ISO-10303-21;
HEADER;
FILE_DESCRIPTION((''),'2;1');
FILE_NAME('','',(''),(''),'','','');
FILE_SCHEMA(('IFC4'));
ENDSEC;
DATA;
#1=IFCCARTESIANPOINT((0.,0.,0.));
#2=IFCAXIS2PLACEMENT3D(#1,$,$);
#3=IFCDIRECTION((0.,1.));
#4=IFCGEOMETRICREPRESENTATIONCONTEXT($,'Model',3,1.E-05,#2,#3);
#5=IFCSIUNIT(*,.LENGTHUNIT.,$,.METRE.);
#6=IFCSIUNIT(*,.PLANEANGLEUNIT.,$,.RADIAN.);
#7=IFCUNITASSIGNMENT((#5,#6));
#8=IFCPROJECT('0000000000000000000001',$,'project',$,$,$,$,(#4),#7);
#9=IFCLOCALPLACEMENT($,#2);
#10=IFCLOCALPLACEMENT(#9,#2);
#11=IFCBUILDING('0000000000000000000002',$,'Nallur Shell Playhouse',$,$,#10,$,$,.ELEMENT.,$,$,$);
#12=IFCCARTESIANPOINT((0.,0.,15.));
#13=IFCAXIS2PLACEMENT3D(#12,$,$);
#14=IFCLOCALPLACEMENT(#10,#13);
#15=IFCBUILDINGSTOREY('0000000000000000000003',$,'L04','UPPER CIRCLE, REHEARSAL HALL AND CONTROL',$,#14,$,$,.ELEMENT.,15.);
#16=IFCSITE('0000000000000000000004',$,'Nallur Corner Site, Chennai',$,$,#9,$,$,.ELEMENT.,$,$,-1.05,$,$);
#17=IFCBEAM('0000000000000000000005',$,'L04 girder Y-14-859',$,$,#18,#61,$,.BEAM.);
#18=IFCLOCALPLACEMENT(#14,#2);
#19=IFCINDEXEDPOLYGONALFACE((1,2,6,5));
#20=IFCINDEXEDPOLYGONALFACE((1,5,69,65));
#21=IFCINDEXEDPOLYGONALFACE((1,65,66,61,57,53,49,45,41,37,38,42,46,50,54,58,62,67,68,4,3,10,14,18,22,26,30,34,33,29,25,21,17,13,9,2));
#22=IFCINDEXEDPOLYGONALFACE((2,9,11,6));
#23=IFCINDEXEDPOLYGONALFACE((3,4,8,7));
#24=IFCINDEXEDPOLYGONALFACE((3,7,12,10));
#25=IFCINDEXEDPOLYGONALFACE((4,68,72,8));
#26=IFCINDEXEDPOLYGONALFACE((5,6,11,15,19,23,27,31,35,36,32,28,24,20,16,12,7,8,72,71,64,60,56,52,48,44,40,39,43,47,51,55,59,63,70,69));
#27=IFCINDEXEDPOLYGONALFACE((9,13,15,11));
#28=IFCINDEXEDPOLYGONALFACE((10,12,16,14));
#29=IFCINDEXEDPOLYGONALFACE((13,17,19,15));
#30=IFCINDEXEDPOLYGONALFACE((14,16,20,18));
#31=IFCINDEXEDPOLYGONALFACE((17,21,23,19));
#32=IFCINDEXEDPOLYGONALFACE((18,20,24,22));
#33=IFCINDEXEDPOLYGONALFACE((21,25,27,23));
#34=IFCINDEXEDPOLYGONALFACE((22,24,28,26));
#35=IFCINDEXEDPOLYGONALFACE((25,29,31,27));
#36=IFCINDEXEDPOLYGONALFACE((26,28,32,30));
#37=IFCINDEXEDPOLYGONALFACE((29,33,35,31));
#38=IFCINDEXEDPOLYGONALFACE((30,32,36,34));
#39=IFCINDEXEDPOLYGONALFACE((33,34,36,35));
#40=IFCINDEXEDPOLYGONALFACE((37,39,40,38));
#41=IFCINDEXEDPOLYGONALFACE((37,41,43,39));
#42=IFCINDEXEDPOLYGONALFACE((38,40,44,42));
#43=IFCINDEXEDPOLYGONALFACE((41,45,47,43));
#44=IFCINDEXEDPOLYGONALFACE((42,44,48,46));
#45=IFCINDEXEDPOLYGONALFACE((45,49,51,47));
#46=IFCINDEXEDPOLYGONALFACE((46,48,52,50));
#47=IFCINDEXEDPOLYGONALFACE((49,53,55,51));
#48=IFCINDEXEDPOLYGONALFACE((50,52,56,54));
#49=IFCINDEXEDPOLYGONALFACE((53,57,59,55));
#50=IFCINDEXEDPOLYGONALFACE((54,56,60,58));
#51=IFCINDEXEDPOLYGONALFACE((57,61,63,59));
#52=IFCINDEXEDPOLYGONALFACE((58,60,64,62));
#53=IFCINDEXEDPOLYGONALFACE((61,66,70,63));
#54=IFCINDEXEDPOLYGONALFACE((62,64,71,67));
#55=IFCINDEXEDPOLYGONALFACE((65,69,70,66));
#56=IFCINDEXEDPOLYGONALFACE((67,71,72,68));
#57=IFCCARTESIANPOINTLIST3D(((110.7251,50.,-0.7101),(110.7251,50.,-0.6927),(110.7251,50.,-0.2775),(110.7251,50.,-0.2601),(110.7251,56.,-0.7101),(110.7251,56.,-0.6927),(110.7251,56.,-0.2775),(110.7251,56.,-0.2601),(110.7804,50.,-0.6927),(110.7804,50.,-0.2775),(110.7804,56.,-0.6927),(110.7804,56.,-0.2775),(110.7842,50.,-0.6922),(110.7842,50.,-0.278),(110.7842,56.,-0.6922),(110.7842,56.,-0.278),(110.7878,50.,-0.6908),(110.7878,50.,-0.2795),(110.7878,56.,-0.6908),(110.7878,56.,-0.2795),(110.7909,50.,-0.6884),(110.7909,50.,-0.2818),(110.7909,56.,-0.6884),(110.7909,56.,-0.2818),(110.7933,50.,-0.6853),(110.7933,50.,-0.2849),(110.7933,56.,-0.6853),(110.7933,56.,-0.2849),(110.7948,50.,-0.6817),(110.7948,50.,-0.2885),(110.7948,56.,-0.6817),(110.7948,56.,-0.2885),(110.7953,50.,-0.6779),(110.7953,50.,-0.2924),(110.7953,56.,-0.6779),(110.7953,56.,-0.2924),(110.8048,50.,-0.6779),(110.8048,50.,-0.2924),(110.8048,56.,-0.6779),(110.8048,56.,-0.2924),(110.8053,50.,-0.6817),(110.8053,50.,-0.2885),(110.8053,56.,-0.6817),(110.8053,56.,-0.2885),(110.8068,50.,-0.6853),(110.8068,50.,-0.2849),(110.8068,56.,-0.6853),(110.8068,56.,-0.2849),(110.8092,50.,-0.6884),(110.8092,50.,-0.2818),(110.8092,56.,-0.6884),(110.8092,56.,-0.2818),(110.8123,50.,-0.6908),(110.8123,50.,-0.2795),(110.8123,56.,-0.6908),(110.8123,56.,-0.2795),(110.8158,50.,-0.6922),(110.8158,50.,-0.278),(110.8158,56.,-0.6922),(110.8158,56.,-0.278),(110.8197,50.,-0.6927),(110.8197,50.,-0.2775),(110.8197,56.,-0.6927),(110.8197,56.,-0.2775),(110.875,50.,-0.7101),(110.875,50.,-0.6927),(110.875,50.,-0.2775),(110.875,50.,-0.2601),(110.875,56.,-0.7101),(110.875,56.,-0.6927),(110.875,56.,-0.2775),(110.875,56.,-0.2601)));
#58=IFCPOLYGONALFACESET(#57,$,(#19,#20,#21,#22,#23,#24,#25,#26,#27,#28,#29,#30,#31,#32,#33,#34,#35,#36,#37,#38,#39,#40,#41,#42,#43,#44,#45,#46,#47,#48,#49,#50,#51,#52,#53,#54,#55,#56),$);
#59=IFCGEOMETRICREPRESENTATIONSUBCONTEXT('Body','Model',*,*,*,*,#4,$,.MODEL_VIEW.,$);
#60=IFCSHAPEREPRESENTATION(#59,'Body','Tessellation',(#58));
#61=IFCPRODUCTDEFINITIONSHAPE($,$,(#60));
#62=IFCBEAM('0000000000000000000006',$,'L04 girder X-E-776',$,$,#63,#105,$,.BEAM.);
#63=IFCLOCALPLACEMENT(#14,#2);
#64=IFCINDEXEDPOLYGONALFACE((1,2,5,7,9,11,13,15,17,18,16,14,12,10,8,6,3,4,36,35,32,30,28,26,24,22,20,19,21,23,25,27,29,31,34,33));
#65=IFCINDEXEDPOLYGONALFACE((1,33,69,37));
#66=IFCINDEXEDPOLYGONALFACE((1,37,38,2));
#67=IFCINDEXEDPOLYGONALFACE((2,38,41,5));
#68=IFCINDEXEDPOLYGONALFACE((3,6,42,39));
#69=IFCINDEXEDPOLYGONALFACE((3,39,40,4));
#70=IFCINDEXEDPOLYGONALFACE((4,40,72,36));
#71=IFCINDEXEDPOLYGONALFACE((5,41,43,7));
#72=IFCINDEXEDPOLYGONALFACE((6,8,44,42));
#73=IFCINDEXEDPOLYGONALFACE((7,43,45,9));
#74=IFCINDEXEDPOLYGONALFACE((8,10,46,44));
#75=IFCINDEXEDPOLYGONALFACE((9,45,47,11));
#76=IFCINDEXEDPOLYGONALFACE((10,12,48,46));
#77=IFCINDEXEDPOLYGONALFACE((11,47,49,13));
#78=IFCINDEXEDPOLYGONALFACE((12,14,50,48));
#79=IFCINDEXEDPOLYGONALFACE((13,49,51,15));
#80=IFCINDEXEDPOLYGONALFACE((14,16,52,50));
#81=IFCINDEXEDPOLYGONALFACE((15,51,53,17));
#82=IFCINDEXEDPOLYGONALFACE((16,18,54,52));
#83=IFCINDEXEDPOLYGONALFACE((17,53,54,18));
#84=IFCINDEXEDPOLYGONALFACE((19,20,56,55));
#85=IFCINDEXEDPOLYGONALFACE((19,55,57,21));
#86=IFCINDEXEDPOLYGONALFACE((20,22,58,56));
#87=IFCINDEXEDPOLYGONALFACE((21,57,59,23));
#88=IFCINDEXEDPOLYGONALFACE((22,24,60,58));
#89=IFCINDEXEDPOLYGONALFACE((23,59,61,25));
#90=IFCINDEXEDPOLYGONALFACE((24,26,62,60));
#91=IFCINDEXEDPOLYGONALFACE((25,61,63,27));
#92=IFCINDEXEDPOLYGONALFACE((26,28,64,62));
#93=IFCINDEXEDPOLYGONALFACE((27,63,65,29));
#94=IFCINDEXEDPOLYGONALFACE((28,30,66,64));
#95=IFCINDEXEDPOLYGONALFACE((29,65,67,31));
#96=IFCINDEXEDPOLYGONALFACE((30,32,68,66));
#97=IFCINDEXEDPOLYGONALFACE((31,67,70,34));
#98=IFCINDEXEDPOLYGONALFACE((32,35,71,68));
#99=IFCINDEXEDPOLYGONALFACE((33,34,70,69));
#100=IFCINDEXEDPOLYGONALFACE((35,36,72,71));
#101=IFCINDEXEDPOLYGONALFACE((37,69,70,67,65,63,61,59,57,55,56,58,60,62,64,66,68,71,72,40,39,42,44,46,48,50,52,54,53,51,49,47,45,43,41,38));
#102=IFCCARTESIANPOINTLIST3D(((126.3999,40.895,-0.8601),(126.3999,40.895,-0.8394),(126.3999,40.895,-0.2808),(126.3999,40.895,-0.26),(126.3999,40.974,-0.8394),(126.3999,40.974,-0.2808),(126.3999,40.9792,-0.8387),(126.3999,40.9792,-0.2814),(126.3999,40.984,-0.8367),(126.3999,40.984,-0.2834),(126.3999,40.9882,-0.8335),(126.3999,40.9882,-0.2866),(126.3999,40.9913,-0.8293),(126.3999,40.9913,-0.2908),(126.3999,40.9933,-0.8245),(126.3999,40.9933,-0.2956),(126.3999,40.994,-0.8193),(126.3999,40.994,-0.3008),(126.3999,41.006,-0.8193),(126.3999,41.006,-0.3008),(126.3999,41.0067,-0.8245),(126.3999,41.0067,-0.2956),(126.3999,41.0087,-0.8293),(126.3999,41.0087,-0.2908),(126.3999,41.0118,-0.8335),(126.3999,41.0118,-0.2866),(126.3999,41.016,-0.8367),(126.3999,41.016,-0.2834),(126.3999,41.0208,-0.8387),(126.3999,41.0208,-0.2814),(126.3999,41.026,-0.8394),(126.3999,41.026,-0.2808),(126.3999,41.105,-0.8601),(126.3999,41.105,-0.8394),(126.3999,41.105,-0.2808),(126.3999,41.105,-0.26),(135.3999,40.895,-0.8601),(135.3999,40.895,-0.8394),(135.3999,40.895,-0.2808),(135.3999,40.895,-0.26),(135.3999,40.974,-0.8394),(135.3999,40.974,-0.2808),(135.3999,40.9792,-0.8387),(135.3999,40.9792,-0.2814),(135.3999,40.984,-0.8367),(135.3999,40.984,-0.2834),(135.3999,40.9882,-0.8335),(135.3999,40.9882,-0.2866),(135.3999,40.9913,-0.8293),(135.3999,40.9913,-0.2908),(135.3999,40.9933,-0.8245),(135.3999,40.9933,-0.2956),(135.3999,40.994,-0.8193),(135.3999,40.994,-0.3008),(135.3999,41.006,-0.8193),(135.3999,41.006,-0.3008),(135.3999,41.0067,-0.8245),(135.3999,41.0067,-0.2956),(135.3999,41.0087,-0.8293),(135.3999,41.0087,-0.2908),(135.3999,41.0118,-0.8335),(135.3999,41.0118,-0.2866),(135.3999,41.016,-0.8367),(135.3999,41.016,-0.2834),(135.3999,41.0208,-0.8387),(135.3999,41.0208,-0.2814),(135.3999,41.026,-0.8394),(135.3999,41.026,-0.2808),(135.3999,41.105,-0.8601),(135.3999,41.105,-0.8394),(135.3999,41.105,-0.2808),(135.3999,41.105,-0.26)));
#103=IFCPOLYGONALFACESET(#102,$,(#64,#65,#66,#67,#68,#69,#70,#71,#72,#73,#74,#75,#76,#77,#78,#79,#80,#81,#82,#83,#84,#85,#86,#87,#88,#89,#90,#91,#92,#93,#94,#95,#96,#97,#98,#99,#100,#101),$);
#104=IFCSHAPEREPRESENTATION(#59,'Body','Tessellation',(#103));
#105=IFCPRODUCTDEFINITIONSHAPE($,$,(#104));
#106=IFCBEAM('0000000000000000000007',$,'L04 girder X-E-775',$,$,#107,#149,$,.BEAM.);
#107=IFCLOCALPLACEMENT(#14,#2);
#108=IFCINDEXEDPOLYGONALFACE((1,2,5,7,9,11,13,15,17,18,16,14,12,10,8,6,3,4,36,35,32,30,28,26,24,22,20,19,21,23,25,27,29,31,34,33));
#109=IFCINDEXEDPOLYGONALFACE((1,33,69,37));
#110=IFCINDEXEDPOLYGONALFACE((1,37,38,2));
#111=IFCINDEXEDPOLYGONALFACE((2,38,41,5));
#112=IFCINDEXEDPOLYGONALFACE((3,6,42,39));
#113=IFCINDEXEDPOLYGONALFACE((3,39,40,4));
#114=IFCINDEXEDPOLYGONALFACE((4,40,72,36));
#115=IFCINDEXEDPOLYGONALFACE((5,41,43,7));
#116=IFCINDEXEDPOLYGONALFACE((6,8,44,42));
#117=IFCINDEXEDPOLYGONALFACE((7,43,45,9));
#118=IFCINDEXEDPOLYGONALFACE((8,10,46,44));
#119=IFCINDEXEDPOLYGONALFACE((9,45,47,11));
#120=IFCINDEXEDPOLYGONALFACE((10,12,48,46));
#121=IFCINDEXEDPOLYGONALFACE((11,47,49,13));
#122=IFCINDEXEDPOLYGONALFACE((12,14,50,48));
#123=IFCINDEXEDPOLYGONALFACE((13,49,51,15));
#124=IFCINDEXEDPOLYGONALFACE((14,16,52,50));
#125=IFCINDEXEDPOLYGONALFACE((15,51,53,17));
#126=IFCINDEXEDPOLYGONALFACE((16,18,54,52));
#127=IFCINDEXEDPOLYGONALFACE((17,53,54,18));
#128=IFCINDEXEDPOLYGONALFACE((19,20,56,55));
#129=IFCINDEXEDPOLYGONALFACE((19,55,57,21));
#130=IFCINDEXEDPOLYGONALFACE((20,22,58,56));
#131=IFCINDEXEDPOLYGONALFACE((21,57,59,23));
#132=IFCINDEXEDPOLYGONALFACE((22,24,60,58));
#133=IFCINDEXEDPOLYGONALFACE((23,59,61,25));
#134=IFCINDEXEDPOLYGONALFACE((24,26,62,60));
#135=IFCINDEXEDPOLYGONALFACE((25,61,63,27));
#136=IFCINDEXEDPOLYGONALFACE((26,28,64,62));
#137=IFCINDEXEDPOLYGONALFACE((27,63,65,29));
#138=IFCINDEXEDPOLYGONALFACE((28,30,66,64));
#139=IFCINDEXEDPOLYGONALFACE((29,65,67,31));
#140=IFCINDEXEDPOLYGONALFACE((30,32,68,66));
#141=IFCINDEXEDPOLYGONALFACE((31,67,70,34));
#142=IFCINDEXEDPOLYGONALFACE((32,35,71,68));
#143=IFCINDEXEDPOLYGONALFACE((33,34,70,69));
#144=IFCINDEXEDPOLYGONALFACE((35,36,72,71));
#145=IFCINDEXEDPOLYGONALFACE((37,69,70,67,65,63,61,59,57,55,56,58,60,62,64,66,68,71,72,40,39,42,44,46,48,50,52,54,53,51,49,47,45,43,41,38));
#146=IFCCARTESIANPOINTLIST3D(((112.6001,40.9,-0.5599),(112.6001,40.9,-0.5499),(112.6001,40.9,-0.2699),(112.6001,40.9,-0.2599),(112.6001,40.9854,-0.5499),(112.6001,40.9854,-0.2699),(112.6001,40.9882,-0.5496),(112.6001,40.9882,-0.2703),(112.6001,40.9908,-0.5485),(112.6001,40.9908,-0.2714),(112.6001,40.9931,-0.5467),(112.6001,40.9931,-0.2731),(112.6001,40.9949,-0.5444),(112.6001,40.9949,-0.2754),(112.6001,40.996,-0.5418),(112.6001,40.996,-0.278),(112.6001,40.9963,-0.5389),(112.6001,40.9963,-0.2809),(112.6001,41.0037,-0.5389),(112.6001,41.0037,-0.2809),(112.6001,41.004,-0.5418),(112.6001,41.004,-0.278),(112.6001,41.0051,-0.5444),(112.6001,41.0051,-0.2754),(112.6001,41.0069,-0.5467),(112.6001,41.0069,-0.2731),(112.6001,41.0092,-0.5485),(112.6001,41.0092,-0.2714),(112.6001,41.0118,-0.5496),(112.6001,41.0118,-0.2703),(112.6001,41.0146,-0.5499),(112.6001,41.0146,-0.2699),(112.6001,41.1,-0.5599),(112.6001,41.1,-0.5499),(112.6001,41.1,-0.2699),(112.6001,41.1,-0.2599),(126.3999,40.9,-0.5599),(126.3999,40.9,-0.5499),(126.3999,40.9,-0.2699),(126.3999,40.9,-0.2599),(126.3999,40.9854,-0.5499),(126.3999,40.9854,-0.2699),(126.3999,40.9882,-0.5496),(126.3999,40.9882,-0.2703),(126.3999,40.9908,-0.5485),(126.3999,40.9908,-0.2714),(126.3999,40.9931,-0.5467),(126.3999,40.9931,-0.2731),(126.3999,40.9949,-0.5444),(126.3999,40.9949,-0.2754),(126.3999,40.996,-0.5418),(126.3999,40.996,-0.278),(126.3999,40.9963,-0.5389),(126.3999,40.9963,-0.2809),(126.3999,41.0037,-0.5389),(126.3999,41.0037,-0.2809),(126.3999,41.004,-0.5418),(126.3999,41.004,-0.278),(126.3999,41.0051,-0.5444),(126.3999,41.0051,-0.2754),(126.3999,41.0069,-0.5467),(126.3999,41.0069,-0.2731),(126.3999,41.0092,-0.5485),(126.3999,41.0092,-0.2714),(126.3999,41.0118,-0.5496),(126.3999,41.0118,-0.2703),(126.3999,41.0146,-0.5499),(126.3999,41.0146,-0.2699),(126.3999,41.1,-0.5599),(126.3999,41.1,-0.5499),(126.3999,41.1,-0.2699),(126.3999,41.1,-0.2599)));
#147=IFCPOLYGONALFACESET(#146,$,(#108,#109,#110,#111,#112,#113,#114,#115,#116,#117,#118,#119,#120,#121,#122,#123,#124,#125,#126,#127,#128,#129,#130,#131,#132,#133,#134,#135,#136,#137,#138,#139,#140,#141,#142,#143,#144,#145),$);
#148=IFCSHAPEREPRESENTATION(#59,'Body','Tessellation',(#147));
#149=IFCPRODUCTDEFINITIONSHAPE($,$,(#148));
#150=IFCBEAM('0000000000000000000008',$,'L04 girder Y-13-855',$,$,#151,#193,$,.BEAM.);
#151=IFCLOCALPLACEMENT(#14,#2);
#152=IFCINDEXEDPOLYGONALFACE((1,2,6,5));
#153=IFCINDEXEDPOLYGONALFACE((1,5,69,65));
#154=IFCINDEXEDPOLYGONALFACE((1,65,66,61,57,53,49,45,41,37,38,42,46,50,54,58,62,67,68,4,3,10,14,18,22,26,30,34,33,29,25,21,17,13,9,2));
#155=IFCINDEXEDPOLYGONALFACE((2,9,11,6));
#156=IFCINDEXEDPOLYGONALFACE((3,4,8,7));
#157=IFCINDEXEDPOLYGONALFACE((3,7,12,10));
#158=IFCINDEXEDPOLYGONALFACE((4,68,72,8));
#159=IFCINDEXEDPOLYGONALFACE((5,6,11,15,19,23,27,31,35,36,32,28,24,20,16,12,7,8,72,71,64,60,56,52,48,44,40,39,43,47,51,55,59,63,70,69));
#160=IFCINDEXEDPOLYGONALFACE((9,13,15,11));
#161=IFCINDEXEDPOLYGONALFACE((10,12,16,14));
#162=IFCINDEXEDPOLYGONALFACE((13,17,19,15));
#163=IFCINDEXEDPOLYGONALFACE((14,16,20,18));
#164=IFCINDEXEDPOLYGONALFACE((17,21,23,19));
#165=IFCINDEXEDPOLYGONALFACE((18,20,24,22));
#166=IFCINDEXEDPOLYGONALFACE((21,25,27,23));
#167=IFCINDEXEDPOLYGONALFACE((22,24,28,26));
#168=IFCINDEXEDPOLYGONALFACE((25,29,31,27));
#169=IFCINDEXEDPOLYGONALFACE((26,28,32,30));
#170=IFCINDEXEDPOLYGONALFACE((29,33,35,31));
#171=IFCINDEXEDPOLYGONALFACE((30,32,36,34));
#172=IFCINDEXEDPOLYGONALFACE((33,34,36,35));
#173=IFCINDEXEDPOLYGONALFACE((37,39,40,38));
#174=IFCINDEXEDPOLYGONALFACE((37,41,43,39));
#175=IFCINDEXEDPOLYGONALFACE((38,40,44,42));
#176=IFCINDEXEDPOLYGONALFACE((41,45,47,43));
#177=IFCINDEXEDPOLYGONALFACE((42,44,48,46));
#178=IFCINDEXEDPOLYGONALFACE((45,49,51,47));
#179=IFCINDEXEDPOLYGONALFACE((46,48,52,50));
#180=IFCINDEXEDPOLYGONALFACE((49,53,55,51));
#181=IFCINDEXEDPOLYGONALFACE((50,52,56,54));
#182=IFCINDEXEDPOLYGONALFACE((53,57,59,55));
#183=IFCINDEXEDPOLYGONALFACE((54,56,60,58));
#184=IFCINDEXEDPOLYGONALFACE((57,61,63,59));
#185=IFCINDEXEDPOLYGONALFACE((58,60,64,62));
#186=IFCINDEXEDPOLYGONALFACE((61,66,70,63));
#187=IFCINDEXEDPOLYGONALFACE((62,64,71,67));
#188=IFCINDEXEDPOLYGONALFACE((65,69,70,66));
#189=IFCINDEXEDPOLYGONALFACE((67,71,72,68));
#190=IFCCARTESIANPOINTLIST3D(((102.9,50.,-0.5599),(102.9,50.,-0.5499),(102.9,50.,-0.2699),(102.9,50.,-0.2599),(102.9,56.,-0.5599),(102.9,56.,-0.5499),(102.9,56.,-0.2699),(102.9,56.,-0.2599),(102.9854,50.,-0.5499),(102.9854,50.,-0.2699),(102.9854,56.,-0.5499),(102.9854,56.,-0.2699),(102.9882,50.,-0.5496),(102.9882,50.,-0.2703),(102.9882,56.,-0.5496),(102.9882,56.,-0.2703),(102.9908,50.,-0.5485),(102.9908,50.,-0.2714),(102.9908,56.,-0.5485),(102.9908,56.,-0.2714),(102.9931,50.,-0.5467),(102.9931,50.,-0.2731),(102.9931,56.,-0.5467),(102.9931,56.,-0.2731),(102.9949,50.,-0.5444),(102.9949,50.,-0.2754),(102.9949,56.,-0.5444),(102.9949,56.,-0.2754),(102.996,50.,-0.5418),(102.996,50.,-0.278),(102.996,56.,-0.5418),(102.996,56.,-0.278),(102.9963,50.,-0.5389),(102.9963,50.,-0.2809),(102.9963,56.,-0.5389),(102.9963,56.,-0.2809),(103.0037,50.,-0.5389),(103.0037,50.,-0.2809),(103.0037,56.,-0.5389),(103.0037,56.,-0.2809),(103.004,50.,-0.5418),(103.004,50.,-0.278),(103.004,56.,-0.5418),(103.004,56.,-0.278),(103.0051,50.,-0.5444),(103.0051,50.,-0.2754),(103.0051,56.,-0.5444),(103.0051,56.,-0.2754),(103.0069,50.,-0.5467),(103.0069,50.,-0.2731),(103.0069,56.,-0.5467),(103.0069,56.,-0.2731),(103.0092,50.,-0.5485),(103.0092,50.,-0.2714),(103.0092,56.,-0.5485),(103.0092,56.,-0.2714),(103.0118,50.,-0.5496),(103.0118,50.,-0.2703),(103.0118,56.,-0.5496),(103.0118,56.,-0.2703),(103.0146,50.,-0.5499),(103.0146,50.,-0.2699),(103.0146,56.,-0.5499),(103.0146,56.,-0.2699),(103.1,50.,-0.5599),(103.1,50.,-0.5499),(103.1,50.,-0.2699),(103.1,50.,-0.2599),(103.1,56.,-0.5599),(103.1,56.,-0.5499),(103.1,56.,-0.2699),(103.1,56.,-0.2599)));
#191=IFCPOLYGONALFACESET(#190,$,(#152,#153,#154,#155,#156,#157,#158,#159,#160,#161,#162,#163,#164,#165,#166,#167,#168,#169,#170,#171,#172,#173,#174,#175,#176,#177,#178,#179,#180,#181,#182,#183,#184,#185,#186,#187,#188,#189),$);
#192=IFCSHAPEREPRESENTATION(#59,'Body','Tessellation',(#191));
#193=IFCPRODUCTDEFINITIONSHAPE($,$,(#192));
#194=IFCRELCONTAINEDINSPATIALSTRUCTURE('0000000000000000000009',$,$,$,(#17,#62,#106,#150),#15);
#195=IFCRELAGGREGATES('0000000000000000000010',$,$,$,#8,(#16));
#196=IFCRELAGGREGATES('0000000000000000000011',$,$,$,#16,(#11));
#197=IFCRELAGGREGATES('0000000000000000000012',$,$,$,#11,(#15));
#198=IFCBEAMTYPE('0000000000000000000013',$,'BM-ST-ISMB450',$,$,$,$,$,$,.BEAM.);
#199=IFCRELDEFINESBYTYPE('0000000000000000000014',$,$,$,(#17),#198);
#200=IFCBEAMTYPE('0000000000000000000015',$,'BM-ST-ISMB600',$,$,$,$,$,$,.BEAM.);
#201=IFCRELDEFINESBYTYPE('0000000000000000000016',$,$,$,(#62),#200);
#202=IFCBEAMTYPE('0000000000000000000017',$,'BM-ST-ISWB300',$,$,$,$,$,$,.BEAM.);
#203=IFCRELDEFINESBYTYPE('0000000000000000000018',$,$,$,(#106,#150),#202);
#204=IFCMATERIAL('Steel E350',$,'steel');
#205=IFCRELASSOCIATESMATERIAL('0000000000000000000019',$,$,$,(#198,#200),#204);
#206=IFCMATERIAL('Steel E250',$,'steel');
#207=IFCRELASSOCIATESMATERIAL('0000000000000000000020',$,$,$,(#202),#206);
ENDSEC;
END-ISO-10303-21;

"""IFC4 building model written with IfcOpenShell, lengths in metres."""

from ifc_helpers import new_model, si_unit, direction, frame, origin, origin_2d, place, context, subcontext, project, spatial, i_section, extrude, material, material_profile, profile_set, type_object, element, save


model = new_model("IFC4")

# Units and contexts
model_context = context("Model", 3, precision=1e-05, world=origin(), true_north=direction((0.0, 1.0)))
body_context = subcontext(model_context, "Body", "Model", "MODEL_VIEW")
ifc_project = project(units=[si_unit("LENGTHUNIT", "METRE"), si_unit("PLANEANGLEUNIT", "RADIAN")], contexts=[model_context])

# Site, building, storey
site_placement = place(None, origin())
site = spatial("IfcSite", under=ifc_project, at=site_placement, Name="Nallur Corner Site, Chennai", CompositionType="ELEMENT", RefElevation=-1.05)
building_placement = place(site_placement, origin())
building = spatial("IfcBuilding", under=site, at=building_placement, Name="Nallur Shell Playhouse", CompositionType="ELEMENT")
storey_placement = place(building_placement, frame((0.0, 0.0, 15.0)))
storey = spatial("IfcBuildingStorey", under=building, at=storey_placement, Name="L04", Description="UPPER CIRCLE, REHEARSAL HALL AND CONTROL", CompositionType="ELEMENT", Elevation=15.0)

# Shared definitions
ifc_material_1 = material(Name="Steel E350", Category="steel")

# Beams
ifc_material_profile_1 = material_profile(ifc_material_1, i_section(OverallWidth=0.1499, OverallDepth=0.45, WebThickness=0.0095, FlangeThickness=0.0173, FilletRadius=0.0149, at=origin_2d()), Name="ISMB 450")
ifc_profile_set_1 = profile_set([ifc_material_profile_1], Name="Steel E350")
beam_type_1 = type_object("IfcBeamType", Name="BM-ST-ISMB450", PredefinedType="BEAM", material=ifc_profile_set_1)
beam_1_placement = place(storey_placement, frame((110.8, 50.0, -0.4851), z_axis=(0.0, 1.0, 0.0), x_axis=(-1.0, 0.0, 0.0)))
element("IfcBeam", 1, at=beam_1_placement, inside=storey, type_object=beam_type_1, Name="L04 girder Y-14-859", PredefinedType="BEAM", context=body_context, shape_type="SweptSolid", body=[
    extrude(i_section(OverallWidth=0.1499, OverallDepth=0.45, WebThickness=0.0095, FlangeThickness=0.0173, FilletRadius=0.0149, at=origin_2d()), origin(), (0.0, 0.0, 1.0), 6.0),
])
ifc_material_profile_2 = material_profile(ifc_material_1, i_section(OverallWidth=0.21, OverallDepth=0.6001, WebThickness=0.012, FlangeThickness=0.0208, FilletRadius=0.02, at=origin_2d()), Name="ISMB 600")
ifc_profile_set_2 = profile_set([ifc_material_profile_2], Name="Steel E350")
beam_type_2 = type_object("IfcBeamType", Name="BM-ST-ISMB600", PredefinedType="BEAM", material=ifc_profile_set_2)
beam_2_placement = place(storey_placement, frame((126.3999, 41.0, -0.5601), z_axis=(1.0, 0.0, 0.0), x_axis=(0.0, 1.0, 0.0)))
element("IfcBeam", 2, at=beam_2_placement, inside=storey, type_object=beam_type_2, Name="L04 girder X-E-776", PredefinedType="BEAM", context=body_context, shape_type="SweptSolid", body=[
    extrude(i_section(OverallWidth=0.21, OverallDepth=0.6001, WebThickness=0.012, FlangeThickness=0.0208, FilletRadius=0.02, at=origin_2d()), origin(), (0.0, 0.0, 1.0), 9.0),
])
ifc_material_2 = material(Name="Steel E250", Category="steel")
ifc_material_profile_3 = material_profile(ifc_material_2, i_section(OverallWidth=0.2, OverallDepth=0.3, WebThickness=0.0073, FlangeThickness=0.01, FilletRadius=0.011, at=origin_2d()), Name="ISWB 300")
ifc_profile_set_3 = profile_set([ifc_material_profile_3], Name="Steel E250")
beam_type_3 = type_object("IfcBeamType", Name="BM-ST-ISWB300", PredefinedType="BEAM", material=ifc_profile_set_3)
beam_3_placement = place(storey_placement, frame((112.6001, 41.0, -0.4099), z_axis=(1.0, 0.0, 0.0), x_axis=(0.0, 1.0, 0.0)))
element("IfcBeam", 3, at=beam_3_placement, inside=storey, type_object=beam_type_3, Name="L04 girder X-E-775", PredefinedType="BEAM", context=body_context, shape_type="SweptSolid", body=[
    extrude(i_section(OverallWidth=0.2, OverallDepth=0.3, WebThickness=0.0073, FlangeThickness=0.01, FilletRadius=0.011, at=origin_2d()), origin(), (0.0, 0.0, 1.0), 13.7998),
])
beam_4_placement = place(storey_placement, frame((103.0, 50.0, -0.4099), z_axis=(0.0, 1.0, 0.0), x_axis=(-1.0, 0.0, 0.0)))
element("IfcBeam", 4, at=beam_4_placement, inside=storey, type_object=beam_type_3, Name="L04 girder Y-13-855", PredefinedType="BEAM", context=body_context, shape_type="SweptSolid", body=[
    extrude(i_section(OverallWidth=0.2, OverallDepth=0.3, WebThickness=0.0073, FlangeThickness=0.01, FilletRadius=0.011, at=origin_2d()), origin(), (0.0, 0.0, 1.0), 6.0),
])

save(model, "model.ifc")
